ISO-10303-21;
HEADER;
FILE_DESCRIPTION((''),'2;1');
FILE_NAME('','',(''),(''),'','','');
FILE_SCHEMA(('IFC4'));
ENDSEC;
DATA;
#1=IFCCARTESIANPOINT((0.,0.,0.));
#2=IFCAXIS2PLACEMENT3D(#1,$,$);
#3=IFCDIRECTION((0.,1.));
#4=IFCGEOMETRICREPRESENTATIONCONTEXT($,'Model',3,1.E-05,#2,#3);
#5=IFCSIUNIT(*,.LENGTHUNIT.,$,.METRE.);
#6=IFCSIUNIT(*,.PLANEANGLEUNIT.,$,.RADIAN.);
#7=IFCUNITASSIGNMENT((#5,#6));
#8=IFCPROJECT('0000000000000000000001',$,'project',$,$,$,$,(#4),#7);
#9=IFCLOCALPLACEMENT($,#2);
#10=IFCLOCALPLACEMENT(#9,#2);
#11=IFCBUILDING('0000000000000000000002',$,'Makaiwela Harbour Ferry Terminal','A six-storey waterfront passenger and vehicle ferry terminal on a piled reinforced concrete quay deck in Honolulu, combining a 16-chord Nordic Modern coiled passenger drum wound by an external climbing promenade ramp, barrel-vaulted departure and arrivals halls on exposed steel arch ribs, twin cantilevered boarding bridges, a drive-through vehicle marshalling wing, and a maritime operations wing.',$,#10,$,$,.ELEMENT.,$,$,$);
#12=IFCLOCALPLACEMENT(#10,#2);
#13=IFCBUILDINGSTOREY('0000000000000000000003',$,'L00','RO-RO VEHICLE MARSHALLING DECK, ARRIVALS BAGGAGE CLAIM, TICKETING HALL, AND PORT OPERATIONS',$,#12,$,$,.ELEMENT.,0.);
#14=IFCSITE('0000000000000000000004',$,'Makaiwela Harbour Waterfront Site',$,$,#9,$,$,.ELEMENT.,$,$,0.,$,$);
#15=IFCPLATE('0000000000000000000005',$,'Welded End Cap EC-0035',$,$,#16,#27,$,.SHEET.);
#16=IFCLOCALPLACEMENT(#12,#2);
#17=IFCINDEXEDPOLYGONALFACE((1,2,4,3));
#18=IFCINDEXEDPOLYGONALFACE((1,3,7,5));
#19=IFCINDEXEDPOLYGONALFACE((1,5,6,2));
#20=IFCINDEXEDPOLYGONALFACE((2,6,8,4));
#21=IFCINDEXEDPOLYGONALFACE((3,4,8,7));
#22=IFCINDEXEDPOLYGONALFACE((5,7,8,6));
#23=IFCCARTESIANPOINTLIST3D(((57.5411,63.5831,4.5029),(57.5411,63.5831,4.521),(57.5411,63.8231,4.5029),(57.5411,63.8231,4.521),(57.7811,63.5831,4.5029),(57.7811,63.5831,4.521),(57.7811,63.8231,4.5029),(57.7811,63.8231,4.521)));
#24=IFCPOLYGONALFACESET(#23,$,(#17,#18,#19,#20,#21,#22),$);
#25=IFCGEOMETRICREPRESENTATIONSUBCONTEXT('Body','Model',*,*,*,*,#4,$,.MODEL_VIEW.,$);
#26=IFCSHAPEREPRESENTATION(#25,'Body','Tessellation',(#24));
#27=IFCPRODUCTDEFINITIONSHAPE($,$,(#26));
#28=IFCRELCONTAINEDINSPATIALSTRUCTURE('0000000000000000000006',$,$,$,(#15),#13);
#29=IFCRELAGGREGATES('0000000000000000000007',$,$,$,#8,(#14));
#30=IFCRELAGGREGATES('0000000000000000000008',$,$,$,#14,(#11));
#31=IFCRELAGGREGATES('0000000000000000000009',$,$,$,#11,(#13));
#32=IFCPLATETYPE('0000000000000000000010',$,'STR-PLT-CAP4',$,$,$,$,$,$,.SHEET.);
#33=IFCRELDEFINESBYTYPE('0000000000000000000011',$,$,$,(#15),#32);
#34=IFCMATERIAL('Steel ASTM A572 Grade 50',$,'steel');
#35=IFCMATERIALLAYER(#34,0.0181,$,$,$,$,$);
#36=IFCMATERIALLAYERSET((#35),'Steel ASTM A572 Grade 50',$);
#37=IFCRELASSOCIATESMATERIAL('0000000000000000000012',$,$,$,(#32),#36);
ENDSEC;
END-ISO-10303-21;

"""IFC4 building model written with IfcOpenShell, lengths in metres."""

from ifc_helpers import new_model, si_unit, direction, frame, origin, origin_2d, place, context, subcontext, project, spatial, rectangle, extrude, material, layer, layer_set, type_object, element, save


model = new_model("IFC4")

# Units and contexts
model_context = context("Model", 3, precision=1e-05, world=origin(), true_north=direction((0.0, 1.0)))
body_context = subcontext(model_context, "Body", "Model", "MODEL_VIEW")
ifc_project = project(units=[si_unit("LENGTHUNIT", "METRE"), si_unit("PLANEANGLEUNIT", "RADIAN")], contexts=[model_context])

# Site, building, storey
site_placement = place(None, origin())
site = spatial("IfcSite", under=ifc_project, at=site_placement, Name="Makaiwela Harbour Waterfront Site", CompositionType="ELEMENT", RefElevation=0.0)
building_placement = place(site_placement, origin())
building = spatial("IfcBuilding", under=site, at=building_placement, Name="Makaiwela Harbour Ferry Terminal", Description="A six-storey waterfront passenger and vehicle ferry terminal on a piled reinforced concrete quay deck in Honolulu, combining a 16-chord Nordic Modern coiled passenger drum wound by an external climbing promenade ramp, barrel-vaulted departure and arrivals halls on exposed steel arch ribs, twin cantilevered boarding bridges, a drive-through vehicle marshalling wing, and a maritime operations wing.", CompositionType="ELEMENT")
storey_placement = place(building_placement, origin())
storey = spatial("IfcBuildingStorey", under=building, at=storey_placement, Name="L00", Description="RO-RO VEHICLE MARSHALLING DECK, ARRIVALS BAGGAGE CLAIM, TICKETING HALL, AND PORT OPERATIONS", CompositionType="ELEMENT", Elevation=0.0)

# Plate
ifc_material_1 = material(Name="Steel ASTM A572 Grade 50", Category="steel")
ifc_layer_1 = layer(ifc_material_1, 0.0181)
ifc_layer_set_1 = layer_set([ifc_layer_1], Name="Steel ASTM A572 Grade 50")
plate_type_1 = type_object("IfcPlateType", Name="STR-PLT-CAP4", PredefinedType="SHEET", material=ifc_layer_set_1)
plate_1_placement = place(storey_placement, frame((57.6611, 63.7031, 4.5029), z_axis=(0.0, 0.0, 1.0), x_axis=(1.0, 0.0, 0.0)))
element("IfcPlate", 1, at=plate_1_placement, inside=storey, type_object=plate_type_1, Name="Welded End Cap EC-0035", PredefinedType="SHEET", context=body_context, shape_type="SweptSolid", body=[
    extrude(rectangle(XDim=0.24, YDim=0.24, at=origin_2d()), origin(), (0.0, 0.0, 1.0), 0.0181),
])

save(model, "model.ifc")
